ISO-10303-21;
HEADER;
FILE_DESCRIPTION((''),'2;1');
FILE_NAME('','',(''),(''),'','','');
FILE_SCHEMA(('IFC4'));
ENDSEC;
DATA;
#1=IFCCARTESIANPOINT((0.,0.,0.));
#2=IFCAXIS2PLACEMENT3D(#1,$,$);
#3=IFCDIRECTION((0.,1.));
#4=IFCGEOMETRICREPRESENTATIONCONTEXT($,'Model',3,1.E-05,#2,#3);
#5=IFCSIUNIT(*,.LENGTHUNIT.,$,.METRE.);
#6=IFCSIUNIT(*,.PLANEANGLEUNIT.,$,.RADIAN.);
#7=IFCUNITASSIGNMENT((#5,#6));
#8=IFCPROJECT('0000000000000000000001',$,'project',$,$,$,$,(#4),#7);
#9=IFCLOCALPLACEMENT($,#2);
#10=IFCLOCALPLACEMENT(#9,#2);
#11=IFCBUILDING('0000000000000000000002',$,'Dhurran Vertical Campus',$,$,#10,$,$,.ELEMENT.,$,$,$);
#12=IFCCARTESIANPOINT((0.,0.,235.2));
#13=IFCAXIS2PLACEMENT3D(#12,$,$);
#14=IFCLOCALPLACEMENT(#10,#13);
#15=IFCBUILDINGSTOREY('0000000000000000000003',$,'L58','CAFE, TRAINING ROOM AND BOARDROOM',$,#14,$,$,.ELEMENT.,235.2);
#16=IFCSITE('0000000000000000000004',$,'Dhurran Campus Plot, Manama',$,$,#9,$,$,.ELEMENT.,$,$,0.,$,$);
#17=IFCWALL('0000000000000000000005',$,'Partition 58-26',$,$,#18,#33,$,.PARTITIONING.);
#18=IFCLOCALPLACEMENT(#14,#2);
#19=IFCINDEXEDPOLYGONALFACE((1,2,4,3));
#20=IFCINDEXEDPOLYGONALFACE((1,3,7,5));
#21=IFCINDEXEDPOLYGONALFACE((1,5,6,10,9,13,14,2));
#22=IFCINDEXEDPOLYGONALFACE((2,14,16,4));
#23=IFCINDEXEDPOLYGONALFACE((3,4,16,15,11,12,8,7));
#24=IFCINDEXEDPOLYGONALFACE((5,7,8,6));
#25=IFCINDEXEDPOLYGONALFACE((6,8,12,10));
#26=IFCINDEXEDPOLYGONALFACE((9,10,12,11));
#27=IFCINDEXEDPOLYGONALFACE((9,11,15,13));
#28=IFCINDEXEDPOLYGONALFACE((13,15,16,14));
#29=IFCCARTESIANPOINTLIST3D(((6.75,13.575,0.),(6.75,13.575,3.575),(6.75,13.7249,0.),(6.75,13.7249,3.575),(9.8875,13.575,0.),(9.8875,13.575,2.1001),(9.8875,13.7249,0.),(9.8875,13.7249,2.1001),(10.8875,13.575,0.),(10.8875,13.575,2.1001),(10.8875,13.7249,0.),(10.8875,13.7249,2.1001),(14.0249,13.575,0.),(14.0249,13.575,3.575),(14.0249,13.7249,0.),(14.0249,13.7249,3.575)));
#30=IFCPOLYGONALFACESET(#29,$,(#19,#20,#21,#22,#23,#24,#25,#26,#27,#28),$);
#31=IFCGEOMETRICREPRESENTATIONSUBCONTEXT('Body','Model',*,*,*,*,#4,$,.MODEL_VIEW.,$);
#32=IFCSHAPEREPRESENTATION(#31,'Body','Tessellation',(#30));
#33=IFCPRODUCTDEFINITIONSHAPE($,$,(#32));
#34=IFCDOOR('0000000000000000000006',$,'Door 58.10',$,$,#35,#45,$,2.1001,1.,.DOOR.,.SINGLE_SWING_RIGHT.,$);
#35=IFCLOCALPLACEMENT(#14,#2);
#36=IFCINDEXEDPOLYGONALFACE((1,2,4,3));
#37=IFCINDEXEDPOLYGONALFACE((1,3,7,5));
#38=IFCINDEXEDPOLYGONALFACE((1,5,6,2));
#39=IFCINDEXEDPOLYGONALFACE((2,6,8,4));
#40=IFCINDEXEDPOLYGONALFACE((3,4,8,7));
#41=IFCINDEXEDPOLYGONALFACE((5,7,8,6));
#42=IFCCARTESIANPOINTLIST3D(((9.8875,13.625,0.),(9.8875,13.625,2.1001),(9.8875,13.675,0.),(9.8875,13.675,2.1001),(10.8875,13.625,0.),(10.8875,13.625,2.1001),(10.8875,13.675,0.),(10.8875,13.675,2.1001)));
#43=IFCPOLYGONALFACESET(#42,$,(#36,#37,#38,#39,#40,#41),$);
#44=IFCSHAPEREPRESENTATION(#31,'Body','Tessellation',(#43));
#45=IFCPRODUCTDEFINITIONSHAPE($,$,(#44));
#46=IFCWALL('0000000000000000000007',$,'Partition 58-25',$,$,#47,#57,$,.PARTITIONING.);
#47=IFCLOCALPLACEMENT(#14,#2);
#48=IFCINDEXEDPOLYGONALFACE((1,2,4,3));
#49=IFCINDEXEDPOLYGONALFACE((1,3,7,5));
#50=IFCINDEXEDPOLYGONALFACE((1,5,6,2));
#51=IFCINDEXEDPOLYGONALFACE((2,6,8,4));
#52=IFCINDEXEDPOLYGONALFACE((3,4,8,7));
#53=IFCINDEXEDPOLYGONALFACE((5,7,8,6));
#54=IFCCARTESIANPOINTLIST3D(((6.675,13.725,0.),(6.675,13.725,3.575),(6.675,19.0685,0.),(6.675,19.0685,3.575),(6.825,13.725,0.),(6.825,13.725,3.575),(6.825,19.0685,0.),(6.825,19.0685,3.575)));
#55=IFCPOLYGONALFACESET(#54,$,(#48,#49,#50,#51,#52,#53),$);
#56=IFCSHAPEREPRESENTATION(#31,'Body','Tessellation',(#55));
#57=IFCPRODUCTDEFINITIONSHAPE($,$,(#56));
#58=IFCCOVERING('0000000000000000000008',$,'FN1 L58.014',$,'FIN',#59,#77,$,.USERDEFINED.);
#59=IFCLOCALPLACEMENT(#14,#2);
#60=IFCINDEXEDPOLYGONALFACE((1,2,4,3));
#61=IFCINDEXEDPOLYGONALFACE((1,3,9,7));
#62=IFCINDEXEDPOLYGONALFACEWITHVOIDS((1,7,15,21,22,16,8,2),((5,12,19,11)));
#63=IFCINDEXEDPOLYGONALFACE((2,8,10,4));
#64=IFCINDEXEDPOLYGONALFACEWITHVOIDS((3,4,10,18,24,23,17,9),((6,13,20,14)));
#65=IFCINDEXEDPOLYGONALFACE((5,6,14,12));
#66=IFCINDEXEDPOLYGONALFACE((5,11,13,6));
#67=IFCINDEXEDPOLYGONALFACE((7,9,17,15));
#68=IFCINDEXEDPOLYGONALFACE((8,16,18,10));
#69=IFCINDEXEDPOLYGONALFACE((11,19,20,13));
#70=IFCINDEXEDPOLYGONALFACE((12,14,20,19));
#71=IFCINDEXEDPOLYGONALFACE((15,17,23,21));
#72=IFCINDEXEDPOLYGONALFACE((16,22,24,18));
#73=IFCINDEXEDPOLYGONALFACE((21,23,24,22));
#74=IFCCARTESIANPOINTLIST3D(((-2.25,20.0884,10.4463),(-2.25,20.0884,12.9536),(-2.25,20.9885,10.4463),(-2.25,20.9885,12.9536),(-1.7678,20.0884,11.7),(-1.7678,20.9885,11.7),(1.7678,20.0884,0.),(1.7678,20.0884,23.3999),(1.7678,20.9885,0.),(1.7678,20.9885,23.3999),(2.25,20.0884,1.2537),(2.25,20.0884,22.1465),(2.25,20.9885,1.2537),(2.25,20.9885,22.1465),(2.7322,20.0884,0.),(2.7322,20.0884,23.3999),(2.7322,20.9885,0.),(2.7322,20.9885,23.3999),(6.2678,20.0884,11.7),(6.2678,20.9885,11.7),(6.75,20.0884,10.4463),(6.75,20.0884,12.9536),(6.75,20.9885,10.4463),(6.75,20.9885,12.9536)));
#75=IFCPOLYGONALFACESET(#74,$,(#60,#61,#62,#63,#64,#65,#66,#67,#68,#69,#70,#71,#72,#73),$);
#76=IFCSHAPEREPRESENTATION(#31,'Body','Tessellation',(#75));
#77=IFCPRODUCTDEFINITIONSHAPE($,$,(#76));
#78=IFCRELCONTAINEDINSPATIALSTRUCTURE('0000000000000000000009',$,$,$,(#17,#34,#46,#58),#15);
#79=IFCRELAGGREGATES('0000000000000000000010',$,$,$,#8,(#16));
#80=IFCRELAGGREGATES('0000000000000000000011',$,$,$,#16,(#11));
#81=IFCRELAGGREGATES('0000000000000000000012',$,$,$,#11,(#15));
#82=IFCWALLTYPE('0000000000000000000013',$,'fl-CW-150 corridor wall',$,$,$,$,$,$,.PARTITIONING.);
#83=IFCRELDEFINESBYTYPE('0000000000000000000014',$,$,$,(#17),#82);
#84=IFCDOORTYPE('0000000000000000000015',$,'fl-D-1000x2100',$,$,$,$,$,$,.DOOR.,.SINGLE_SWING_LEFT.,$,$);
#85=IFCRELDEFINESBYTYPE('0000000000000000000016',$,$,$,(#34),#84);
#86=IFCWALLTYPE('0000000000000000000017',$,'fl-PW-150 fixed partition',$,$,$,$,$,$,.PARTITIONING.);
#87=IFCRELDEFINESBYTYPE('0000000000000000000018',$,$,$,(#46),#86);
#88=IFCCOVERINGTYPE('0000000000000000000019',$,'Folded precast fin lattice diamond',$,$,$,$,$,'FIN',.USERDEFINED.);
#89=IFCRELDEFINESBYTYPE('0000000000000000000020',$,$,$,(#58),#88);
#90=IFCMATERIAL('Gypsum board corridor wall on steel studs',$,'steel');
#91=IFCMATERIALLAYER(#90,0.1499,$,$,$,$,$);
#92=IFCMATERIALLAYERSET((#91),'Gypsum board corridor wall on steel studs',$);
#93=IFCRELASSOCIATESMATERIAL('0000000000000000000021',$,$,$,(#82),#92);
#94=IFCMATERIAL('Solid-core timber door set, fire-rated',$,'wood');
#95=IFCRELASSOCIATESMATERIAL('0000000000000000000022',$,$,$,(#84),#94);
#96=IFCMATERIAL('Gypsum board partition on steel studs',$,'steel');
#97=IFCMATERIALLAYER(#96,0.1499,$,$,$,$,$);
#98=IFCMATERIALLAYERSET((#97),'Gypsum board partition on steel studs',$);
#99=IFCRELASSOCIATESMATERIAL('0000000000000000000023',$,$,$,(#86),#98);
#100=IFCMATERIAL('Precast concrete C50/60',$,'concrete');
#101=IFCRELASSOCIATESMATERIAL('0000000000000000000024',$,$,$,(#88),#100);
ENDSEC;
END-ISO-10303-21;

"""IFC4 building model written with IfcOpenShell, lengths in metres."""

from ifc_helpers import new_model, si_unit, direction, frame, frame_2d, origin, place, context, subcontext, project, spatial, polyline, rectangle, outline, extrude, material, layer, layer_set, type_object, element, fill, save


model = new_model("IFC4")

# Units and contexts
model_context = context("Model", 3, precision=1e-05, world=origin(), true_north=direction((0.0, 1.0)))
body_context = subcontext(model_context, "Body", "Model", "MODEL_VIEW")
ifc_project = project(units=[si_unit("LENGTHUNIT", "METRE"), si_unit("PLANEANGLEUNIT", "RADIAN")], contexts=[model_context])

# Site, building, storey
site_placement = place(None, origin())
site = spatial("IfcSite", under=ifc_project, at=site_placement, Name="Dhurran Campus Plot, Manama", CompositionType="ELEMENT", RefElevation=0.0)
building_placement = place(site_placement, origin())
building = spatial("IfcBuilding", under=site, at=building_placement, Name="Dhurran Vertical Campus", CompositionType="ELEMENT")
storey_placement = place(building_placement, frame((0.0, 0.0, 235.2)))
storey = spatial("IfcBuildingStorey", under=building, at=storey_placement, Name="L58", Description="CAFE, TRAINING ROOM AND BOARDROOM", CompositionType="ELEMENT", Elevation=235.2)

# Wall, opening, door
ifc_material_1 = material(Name="Gypsum board corridor wall on steel studs", Category="steel")
ifc_layer_1 = layer(ifc_material_1, 0.1499)
ifc_layer_set_1 = layer_set([ifc_layer_1], Name="Gypsum board corridor wall on steel studs")
wall_type_1 = type_object("IfcWallType", Name="fl-CW-150 corridor wall", PredefinedType="PARTITIONING", material=ifc_layer_set_1)
ifc_material_2 = material(Name="Solid-core timber door set, fire-rated", Category="wood")
door_type = type_object("IfcDoorType", Name="fl-D-1000x2100", OperationType="SINGLE_SWING_LEFT", PredefinedType="DOOR", material=ifc_material_2)
wall_1_placement = place(storey_placement, frame((14.0249, 13.6499, 0.0), z_axis=(0.0, 0.0, 1.0), x_axis=(-1.0, 0.0, 0.0)))
wall_1 = element("IfcWall", 1, at=wall_1_placement, inside=storey, type_object=wall_type_1, Name="Partition 58-26", PredefinedType="PARTITIONING", context=body_context, shape_type="SweptSolid", body=[
    extrude(rectangle(XDim=7.2749, YDim=0.1499, at=frame_2d((3.6375, 0.0))), origin(), (0.0, 0.0, 1.0), 3.575),
])
opening_1_placement = place(wall_1_placement, frame((3.1375, 0.0, 0.0)))
opening_1 = element("IfcOpeningElement", 2, at=opening_1_placement, cuts=wall_1, PredefinedType="OPENING", context=body_context, shape_type="SweptSolid", body=[
    extrude(rectangle(XDim=1.0, YDim=2.1001, at=frame_2d((0.5, 1.05))), frame((0.0, 0.085, 0.0), z_axis=(0.0, -1.0, 0.0), x_axis=(1.0, 0.0, 0.0)), (0.0, 0.0, 1.0), 0.1699),
])
door_1_placement = place(opening_1_placement, origin())
door_1 = element("IfcDoor", 3, at=door_1_placement, inside=storey, type_object=door_type, Name="Door 58.10", OperationType="SINGLE_SWING_RIGHT", OverallHeight=2.1001, OverallWidth=1.0, PredefinedType="DOOR", context=body_context, shape_type="SweptSolid", body=[
    extrude(rectangle(XDim=1.0, YDim=2.1001, at=frame_2d((0.5, 1.05))), frame((0.0, 0.0249, 0.0), z_axis=(0.0, -1.0, 0.0), x_axis=(1.0, 0.0, 0.0)), (0.0, 0.0, 1.0), 0.05),
])
fill(opening_1, door_1)

# Wall
ifc_material_3 = material(Name="Gypsum board partition on steel studs", Category="steel")
ifc_layer_2 = layer(ifc_material_3, 0.1499)
ifc_layer_set_2 = layer_set([ifc_layer_2], Name="Gypsum board partition on steel studs")
wall_type_2 = type_object("IfcWallType", Name="fl-PW-150 fixed partition", PredefinedType="PARTITIONING", material=ifc_layer_set_2)
wall_2_placement = place(storey_placement, frame((6.75, 19.0686, 0.0), z_axis=(0.0, 0.0, 1.0), x_axis=(0.0, -1.0, 0.0)))
element("IfcWall", 4, at=wall_2_placement, inside=storey, type_object=wall_type_2, Name="Partition 58-25", PredefinedType="PARTITIONING", context=body_context, shape_type="SweptSolid", body=[
    extrude(rectangle(XDim=5.3435, YDim=0.1499, at=frame_2d((2.6719, 0.0))), origin(), (0.0, 0.0, 1.0), 3.575),
])

# Covering
ifc_material_4 = material(Name="Precast concrete C50/60", Category="concrete")
covering_type = type_object("IfcCoveringType", Name="Folded precast fin lattice diamond", ElementType="FIN", PredefinedType="USERDEFINED", material=ifc_material_4)
covering_placement = place(storey_placement, frame((6.75, 20.0884, 0.0), z_axis=(0.0, 1.0, 0.0), x_axis=(-1.0, 0.0, 0.0)))
element("IfcCovering", 5, at=covering_placement, inside=storey, type_object=covering_type, Name="FN1 L58.014", ObjectType="FIN", PredefinedType="USERDEFINED", context=body_context, shape_type="SweptSolid", body=[
    extrude(outline(polyline([(9.0, 12.9536), (9.0, 10.4463), (4.9822, 0.0), (4.0178, 0.0), (0.0, 10.4463), (0.0, 12.9536), (4.0178, 23.3999), (4.9822, 23.3999), (9.0, 12.9536)]), holes=[polyline([(8.5178, 11.7), (4.5, 22.1465), (0.4822, 11.7), (4.5, 1.2537), (8.5178, 11.7)])]), origin(), (0.0, 0.0, 1.0), 0.9001),
])

save(model, "model.ifc")
